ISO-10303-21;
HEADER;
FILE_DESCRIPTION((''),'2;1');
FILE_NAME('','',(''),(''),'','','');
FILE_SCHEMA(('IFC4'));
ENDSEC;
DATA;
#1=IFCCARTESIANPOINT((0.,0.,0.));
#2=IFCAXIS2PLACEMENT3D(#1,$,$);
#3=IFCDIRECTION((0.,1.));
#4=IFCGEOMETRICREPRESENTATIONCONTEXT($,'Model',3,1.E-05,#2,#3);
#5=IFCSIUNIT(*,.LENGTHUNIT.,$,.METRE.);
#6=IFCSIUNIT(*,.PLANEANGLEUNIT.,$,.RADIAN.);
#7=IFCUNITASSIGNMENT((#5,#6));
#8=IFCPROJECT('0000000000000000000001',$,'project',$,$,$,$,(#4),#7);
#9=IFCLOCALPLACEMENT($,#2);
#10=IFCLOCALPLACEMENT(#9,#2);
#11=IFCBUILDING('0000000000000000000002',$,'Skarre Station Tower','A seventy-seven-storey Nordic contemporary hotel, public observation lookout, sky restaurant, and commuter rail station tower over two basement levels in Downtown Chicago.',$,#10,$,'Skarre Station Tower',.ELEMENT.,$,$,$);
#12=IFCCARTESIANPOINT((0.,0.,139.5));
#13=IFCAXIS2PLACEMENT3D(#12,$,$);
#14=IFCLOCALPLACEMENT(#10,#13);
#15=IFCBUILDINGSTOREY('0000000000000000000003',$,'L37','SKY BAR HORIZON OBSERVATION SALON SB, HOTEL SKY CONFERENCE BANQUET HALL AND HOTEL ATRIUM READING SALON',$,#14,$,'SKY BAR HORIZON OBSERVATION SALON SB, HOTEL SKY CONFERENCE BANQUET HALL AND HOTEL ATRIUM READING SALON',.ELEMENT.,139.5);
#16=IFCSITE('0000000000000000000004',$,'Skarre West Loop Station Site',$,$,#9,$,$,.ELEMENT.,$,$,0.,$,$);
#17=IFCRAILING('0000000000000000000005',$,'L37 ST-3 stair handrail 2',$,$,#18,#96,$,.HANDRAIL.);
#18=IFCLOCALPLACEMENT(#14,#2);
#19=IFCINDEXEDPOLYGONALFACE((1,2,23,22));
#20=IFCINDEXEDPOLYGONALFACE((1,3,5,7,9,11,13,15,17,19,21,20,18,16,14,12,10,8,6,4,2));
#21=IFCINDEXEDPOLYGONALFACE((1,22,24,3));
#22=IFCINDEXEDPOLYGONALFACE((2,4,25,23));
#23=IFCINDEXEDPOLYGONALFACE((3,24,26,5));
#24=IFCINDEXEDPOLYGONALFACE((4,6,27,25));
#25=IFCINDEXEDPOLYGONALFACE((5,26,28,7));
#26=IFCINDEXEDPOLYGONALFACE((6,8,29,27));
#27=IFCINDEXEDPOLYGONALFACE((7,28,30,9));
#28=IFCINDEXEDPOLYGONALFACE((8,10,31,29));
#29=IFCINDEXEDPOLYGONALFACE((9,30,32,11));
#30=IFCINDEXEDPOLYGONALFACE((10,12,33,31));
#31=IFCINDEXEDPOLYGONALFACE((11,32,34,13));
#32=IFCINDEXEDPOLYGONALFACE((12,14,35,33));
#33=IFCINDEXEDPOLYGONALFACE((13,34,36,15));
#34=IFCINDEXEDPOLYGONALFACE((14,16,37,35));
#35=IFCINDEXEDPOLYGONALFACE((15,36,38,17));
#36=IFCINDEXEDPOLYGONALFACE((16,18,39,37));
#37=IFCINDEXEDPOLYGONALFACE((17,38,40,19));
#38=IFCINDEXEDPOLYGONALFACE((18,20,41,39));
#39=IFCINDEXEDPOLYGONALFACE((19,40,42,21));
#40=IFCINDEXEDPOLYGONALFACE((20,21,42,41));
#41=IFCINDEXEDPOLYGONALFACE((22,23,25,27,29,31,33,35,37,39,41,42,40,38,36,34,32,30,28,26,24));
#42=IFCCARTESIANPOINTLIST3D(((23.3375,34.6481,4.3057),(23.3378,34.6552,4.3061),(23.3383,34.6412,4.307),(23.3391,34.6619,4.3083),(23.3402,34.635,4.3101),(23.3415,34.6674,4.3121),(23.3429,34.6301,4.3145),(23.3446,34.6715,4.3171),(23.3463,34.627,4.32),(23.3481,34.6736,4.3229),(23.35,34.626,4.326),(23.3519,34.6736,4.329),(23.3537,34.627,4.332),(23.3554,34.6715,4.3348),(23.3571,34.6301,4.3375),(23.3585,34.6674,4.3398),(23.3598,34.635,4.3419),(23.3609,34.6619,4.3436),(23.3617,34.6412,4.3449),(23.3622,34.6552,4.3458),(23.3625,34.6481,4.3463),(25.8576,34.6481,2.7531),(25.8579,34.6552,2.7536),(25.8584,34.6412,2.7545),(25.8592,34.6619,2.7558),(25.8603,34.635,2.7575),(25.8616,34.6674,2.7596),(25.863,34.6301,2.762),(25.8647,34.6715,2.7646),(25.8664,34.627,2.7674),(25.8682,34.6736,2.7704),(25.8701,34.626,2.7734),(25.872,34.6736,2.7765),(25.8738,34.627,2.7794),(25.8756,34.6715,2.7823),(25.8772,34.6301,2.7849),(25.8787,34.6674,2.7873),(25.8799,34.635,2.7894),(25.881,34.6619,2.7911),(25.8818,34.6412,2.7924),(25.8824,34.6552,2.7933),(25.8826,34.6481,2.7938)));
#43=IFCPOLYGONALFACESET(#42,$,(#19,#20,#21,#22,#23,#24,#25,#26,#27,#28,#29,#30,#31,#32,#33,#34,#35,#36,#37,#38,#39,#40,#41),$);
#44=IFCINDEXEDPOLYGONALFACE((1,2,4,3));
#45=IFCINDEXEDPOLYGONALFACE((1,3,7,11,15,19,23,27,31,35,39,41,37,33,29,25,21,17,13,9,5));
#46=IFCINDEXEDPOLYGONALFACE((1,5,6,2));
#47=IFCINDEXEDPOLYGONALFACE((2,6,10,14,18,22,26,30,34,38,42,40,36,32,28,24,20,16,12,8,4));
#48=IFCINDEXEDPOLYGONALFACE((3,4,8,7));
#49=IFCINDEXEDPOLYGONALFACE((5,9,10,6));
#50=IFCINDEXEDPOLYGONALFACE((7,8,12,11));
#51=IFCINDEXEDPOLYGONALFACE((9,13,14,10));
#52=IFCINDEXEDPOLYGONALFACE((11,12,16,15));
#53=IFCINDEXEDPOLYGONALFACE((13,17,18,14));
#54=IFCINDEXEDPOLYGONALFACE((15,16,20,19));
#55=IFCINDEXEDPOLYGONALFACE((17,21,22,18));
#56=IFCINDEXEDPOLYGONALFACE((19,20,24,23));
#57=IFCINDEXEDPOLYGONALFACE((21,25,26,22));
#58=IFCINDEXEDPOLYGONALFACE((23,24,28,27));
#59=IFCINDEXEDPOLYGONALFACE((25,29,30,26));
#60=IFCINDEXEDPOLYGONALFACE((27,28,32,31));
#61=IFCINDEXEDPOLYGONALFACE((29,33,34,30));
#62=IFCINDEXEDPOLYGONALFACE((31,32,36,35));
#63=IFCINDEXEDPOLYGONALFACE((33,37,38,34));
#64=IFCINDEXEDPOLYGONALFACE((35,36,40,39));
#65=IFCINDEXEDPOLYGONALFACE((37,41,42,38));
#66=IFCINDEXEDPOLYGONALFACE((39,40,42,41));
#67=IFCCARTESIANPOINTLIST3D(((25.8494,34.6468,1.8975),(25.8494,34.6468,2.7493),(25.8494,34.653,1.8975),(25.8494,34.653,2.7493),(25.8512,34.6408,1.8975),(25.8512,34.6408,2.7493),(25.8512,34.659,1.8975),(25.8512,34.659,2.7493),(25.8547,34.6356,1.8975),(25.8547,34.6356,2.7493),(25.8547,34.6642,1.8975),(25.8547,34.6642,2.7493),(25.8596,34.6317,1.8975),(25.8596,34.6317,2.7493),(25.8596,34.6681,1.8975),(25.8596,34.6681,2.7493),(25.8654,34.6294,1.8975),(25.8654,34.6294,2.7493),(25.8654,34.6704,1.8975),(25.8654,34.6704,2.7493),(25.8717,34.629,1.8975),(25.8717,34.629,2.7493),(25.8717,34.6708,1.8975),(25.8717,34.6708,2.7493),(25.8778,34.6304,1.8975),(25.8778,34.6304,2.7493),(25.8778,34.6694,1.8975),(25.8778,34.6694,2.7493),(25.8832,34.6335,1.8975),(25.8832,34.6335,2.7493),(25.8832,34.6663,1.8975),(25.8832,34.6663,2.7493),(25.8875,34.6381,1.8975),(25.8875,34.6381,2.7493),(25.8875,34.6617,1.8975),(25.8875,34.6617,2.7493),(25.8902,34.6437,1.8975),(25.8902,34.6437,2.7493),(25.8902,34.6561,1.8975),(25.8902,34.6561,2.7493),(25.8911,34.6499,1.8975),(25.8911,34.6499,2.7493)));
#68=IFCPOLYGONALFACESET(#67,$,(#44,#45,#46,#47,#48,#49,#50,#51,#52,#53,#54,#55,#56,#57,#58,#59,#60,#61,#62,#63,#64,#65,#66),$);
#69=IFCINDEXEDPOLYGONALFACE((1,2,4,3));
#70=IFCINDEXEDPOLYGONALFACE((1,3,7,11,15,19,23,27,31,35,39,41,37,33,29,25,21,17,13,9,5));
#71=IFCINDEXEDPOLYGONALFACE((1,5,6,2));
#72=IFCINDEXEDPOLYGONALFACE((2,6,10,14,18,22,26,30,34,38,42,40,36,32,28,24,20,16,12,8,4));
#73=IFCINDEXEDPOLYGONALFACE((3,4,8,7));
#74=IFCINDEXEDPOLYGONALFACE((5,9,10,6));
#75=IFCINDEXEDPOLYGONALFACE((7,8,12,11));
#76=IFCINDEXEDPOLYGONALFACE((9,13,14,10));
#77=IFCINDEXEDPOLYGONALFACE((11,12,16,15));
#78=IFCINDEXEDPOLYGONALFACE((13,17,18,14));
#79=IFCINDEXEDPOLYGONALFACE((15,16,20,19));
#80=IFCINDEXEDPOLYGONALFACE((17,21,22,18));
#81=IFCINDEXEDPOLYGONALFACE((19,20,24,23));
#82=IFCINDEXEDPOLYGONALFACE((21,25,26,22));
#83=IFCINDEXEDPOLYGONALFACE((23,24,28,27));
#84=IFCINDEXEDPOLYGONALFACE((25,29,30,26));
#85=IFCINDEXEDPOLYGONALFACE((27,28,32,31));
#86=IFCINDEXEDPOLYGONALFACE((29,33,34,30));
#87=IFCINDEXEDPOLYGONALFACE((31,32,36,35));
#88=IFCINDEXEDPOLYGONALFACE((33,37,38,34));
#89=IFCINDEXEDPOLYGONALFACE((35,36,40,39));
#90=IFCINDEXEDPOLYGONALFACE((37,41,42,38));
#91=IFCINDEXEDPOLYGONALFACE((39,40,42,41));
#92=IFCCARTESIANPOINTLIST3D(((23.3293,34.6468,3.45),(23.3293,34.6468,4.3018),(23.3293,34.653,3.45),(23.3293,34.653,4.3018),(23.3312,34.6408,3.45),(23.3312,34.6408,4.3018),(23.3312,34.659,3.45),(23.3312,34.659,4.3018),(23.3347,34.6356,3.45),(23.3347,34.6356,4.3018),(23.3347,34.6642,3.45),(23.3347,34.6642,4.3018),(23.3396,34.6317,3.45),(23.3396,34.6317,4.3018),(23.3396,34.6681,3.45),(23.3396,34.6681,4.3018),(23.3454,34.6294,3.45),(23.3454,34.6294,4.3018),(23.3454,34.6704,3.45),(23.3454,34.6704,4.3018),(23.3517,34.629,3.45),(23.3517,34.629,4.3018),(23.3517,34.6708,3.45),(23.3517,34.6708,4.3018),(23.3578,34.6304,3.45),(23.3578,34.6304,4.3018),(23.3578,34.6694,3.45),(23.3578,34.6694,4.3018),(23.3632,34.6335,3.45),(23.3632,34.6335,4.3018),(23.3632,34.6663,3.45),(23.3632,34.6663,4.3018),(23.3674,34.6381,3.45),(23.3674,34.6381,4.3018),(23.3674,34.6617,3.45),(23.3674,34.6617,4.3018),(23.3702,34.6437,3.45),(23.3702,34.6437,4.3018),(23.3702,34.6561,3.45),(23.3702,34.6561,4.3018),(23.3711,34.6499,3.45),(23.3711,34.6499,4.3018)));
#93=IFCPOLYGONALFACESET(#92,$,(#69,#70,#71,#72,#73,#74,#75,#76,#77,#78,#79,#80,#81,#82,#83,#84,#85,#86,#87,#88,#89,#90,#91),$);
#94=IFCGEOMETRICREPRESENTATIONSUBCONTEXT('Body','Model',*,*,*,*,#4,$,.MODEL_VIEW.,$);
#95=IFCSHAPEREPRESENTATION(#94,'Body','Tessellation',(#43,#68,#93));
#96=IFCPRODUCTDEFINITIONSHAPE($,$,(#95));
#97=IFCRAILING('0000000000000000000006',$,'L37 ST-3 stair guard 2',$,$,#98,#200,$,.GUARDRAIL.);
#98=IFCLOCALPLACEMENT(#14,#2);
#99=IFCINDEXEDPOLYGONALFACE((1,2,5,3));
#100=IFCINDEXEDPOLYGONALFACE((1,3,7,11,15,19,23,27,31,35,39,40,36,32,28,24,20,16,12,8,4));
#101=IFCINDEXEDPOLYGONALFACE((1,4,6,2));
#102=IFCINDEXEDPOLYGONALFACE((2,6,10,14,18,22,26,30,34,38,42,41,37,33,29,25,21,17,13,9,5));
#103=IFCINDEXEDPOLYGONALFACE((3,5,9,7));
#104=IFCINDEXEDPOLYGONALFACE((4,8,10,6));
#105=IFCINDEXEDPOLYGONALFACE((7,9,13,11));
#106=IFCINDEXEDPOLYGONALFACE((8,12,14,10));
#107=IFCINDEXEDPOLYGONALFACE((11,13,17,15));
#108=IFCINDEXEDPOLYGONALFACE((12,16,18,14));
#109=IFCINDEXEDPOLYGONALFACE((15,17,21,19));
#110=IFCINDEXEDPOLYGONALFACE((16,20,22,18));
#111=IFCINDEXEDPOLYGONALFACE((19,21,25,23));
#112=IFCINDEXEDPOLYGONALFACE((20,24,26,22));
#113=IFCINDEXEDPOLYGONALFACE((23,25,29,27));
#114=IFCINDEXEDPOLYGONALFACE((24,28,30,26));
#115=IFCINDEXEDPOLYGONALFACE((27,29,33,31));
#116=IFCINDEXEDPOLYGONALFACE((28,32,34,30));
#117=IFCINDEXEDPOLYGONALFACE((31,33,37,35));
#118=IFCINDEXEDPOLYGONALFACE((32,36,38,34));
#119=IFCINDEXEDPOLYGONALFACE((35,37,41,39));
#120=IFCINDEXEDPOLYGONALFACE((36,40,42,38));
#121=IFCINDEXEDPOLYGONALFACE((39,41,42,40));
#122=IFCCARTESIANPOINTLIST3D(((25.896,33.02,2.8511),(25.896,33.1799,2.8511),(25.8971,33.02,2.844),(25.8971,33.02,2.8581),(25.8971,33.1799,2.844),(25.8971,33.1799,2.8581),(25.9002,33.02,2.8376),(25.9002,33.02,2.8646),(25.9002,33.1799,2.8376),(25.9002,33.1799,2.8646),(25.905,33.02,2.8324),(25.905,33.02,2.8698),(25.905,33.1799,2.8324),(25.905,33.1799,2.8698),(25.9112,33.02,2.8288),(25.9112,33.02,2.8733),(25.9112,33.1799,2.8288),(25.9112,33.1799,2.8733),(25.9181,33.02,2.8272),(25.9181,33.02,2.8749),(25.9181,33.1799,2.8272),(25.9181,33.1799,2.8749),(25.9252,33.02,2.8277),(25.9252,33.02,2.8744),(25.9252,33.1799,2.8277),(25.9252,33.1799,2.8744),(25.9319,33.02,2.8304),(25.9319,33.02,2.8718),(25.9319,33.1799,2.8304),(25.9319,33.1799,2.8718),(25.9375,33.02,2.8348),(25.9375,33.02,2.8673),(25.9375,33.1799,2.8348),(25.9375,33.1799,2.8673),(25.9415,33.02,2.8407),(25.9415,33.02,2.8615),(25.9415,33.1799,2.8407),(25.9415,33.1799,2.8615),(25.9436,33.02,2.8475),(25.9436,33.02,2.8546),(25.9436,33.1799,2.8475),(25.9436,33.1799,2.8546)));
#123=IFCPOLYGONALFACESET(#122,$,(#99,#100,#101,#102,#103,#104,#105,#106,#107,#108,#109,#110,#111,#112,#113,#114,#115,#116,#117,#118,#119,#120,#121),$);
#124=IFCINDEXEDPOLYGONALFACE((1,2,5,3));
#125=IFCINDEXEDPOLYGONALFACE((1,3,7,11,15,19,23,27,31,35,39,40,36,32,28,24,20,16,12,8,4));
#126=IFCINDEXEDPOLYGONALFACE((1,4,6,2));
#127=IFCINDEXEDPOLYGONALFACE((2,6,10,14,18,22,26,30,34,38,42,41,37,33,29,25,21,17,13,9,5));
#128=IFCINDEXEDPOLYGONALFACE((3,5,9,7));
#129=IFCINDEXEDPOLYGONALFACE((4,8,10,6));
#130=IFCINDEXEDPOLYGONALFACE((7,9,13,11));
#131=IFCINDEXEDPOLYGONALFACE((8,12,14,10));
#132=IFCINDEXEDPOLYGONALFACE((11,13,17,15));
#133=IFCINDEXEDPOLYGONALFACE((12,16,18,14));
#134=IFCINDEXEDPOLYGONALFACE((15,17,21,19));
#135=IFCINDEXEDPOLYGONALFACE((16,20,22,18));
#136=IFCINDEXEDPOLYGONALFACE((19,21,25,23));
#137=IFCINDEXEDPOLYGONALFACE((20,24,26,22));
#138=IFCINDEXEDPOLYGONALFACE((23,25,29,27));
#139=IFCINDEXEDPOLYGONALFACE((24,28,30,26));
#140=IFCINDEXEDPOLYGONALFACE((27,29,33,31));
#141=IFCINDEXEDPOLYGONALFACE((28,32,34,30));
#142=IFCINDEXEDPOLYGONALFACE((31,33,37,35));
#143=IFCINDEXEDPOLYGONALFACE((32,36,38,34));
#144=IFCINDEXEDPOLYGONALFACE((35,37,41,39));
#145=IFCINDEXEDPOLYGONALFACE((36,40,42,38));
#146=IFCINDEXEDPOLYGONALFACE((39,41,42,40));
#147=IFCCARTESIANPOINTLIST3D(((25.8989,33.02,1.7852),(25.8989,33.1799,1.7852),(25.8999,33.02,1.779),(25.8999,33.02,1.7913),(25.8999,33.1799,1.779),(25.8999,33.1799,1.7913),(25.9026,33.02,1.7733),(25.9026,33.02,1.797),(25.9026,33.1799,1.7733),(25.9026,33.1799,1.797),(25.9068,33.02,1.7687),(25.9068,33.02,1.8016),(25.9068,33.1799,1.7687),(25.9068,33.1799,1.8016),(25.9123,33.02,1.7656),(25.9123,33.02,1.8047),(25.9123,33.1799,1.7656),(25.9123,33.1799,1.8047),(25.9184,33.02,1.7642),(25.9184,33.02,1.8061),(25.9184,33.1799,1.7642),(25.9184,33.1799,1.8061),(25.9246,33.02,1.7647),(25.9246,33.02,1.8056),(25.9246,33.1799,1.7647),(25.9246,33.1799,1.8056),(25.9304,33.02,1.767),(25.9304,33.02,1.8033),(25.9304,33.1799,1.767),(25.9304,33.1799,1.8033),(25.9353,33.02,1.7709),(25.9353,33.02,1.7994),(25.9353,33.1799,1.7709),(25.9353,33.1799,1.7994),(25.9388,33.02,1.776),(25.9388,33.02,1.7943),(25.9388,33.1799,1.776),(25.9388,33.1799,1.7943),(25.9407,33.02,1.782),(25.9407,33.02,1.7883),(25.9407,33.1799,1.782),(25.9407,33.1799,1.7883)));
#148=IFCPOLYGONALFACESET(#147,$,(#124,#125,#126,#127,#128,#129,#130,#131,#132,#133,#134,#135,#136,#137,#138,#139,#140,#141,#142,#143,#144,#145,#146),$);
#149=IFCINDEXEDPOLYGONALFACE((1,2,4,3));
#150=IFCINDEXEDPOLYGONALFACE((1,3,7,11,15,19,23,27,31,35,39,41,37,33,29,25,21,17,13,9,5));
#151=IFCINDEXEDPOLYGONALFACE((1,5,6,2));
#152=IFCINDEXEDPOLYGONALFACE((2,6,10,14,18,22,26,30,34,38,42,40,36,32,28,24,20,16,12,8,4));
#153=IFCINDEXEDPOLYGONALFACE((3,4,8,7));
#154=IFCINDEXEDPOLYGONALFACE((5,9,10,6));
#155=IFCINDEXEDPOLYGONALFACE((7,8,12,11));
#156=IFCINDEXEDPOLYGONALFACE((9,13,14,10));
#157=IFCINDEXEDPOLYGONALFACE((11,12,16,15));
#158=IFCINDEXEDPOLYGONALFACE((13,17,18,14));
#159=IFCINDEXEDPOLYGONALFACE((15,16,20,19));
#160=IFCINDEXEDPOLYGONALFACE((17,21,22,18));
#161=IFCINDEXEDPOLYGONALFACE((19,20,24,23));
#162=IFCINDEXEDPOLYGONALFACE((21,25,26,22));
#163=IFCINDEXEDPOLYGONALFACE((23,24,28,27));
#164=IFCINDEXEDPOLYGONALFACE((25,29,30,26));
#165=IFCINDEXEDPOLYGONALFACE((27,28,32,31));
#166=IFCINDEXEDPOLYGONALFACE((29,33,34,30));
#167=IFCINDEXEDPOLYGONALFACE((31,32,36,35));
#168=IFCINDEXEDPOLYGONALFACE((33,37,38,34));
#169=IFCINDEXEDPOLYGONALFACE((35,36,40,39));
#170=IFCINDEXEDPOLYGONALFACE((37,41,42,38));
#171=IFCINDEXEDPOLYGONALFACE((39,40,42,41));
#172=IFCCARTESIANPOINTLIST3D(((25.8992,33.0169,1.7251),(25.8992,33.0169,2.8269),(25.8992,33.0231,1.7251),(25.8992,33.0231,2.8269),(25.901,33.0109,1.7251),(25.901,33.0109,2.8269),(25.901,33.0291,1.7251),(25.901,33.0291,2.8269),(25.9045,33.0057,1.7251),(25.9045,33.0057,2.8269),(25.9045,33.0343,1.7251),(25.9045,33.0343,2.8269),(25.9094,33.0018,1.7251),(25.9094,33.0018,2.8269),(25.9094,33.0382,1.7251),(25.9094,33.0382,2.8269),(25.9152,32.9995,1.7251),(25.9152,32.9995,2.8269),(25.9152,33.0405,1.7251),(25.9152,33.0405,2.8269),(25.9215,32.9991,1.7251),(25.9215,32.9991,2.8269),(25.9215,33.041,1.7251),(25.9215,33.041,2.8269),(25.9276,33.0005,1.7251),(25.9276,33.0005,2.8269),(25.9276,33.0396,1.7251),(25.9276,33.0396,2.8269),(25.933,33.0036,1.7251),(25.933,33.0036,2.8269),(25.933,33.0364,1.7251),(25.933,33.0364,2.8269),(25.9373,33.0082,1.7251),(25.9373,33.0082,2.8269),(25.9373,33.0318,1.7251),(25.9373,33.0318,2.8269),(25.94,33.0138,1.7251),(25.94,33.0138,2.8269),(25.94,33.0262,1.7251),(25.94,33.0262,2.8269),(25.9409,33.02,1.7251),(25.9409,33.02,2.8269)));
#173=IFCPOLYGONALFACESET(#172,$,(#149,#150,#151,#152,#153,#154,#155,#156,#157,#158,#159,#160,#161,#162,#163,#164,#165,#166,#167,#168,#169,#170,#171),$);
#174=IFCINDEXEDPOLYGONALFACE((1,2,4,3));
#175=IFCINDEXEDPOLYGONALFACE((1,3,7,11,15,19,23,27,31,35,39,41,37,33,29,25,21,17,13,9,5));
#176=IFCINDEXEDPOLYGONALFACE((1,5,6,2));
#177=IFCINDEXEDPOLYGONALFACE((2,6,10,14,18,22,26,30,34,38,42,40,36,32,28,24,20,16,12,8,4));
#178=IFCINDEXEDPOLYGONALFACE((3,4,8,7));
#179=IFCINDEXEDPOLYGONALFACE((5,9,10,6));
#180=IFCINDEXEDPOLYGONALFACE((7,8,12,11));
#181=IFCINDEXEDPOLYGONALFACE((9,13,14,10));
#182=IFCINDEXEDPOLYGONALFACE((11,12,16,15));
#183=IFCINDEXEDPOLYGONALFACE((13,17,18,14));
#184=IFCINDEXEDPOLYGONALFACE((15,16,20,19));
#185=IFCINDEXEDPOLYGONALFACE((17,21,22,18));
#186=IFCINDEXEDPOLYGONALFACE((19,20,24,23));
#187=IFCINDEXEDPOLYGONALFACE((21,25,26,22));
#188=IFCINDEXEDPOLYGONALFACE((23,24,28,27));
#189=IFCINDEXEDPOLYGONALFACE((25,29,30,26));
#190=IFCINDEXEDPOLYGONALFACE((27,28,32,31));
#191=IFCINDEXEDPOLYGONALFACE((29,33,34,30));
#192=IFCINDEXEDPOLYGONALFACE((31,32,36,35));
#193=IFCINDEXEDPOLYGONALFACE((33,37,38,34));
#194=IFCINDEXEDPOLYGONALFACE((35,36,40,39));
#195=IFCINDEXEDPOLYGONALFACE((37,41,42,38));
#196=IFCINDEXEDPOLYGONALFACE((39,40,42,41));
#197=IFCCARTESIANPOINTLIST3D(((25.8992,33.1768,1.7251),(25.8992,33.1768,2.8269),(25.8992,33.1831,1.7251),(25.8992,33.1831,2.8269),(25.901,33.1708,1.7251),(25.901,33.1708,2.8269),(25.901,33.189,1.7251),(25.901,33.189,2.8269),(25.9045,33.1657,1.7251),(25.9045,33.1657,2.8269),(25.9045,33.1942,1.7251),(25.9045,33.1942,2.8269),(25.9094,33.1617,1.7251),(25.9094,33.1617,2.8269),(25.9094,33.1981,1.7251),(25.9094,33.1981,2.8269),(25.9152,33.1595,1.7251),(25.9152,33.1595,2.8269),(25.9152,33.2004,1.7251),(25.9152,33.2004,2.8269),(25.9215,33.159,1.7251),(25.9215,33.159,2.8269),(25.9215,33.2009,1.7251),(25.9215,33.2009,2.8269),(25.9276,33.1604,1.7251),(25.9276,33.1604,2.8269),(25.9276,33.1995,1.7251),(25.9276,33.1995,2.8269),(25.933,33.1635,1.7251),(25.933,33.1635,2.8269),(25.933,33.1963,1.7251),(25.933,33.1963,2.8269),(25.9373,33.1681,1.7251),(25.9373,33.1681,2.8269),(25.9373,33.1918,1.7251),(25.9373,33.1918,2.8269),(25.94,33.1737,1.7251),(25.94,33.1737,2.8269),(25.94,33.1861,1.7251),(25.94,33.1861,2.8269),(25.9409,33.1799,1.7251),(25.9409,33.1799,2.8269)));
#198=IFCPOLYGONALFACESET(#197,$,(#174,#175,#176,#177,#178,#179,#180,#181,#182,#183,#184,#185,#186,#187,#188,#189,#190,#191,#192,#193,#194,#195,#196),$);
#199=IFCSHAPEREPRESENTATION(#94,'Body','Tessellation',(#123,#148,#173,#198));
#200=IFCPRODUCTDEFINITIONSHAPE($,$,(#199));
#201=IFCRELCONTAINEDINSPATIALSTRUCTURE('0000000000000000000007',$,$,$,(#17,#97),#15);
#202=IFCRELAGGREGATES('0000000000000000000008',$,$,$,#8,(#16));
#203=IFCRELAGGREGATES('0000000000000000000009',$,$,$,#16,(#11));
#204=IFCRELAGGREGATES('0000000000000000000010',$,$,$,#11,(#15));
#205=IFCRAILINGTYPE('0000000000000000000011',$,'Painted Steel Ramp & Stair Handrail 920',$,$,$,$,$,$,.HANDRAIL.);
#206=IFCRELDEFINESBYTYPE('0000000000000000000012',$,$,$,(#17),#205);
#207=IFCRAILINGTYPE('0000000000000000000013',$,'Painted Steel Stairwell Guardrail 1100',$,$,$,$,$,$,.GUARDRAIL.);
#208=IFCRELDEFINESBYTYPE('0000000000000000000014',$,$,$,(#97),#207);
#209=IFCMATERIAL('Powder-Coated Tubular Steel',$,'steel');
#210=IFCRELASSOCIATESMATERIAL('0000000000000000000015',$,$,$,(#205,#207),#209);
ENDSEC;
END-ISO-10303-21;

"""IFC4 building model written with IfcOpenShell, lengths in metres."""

from ifc_helpers import new_model, si_unit, direction, frame, origin, origin_2d, place, context, subcontext, project, spatial, circle, extrude, material, type_object, element, save


model = new_model("IFC4")

# Units and contexts
model_context = context("Model", 3, precision=1e-05, world=origin(), true_north=direction((0.0, 1.0)))
body_context = subcontext(model_context, "Body", "Model", "MODEL_VIEW")
ifc_project = project(units=[si_unit("LENGTHUNIT", "METRE"), si_unit("PLANEANGLEUNIT", "RADIAN")], contexts=[model_context])

# Site, building, storey
site_placement = place(None, origin())
site = spatial("IfcSite", under=ifc_project, at=site_placement, Name="Skarre West Loop Station Site", CompositionType="ELEMENT", RefElevation=0.0)
building_placement = place(site_placement, origin())
building = spatial("IfcBuilding", under=site, at=building_placement, Name="Skarre Station Tower", Description="A seventy-seven-storey Nordic contemporary hotel, public observation lookout, sky restaurant, and commuter rail station tower over two basement levels in Downtown Chicago.", LongName="Skarre Station Tower", CompositionType="ELEMENT")
storey_placement = place(building_placement, frame((0.0, 0.0, 139.5)))
storey = spatial("IfcBuildingStorey", under=building, at=storey_placement, Name="L37", Description="SKY BAR HORIZON OBSERVATION SALON SB, HOTEL SKY CONFERENCE BANQUET HALL AND HOTEL ATRIUM READING SALON", LongName="SKY BAR HORIZON OBSERVATION SALON SB, HOTEL SKY CONFERENCE BANQUET HALL AND HOTEL ATRIUM READING SALON", CompositionType="ELEMENT", Elevation=139.5)

# Railings
ifc_material_1 = material(Name="Powder-Coated Tubular Steel", Category="steel")
railing_type_1 = type_object("IfcRailingType", Name="Painted Steel Ramp & Stair Handrail 920", PredefinedType="HANDRAIL", material=ifc_material_1)
railing_1_placement = place(storey_placement, frame((25.8701, 34.6499, 1.8975)))
element("IfcRailing", 1, at=railing_1_placement, inside=storey, type_object=railing_type_1, Name="L37 ST-3 stair handrail 2", PredefinedType="HANDRAIL", context=body_context, shape_type="SweptSolid", body=[
    extrude(circle(Radius=0.0239, at=origin_2d()), frame((0.0, 0.0, 0.876), z_axis=(-0.8514, 0.0, 0.524516), x_axis=(0.0, -1.0, 0.0)), (0.0, 0.0, 1.0), 2.96),
    extrude(circle(Radius=0.021, at=origin_2d()), origin(), (0.0, 0.0, 1.0), 0.8518),
    extrude(circle(Radius=0.021, at=origin_2d()), frame((-2.52, 0.0, 1.5525)), (0.0, 0.0, 1.0), 0.8518),
])
railing_type_2 = type_object("IfcRailingType", Name="Painted Steel Stairwell Guardrail 1100", PredefinedType="GUARDRAIL", material=ifc_material_1)
railing_2_placement = place(storey_placement, frame((25.9199, 33.02, 1.7251)))
element("IfcRailing", 2, at=railing_2_placement, inside=storey, type_object=railing_type_2, Name="L37 ST-3 stair guard 2", PredefinedType="GUARDRAIL", context=body_context, shape_type="SweptSolid", body=[
    extrude(circle(Radius=0.0239, at=origin_2d()), frame((0.0, 0.0, 1.126), z_axis=(0.0, 1.0, 0.0), x_axis=(-1.0, 0.0, 0.0)), (0.0, 0.0, 1.0), 0.1599),
    extrude(circle(Radius=0.021, at=origin_2d()), frame((0.0, 0.0, 0.0601), z_axis=(0.0, 1.0, 0.0), x_axis=(-1.0, 0.0, 0.0)), (0.0, 0.0, 1.0), 0.1599),
    extrude(circle(Radius=0.021, at=origin_2d()), origin(), (0.0, 0.0, 1.0), 1.1018),
    extrude(circle(Radius=0.021, at=origin_2d()), frame((0.0, 0.1599, 0.0)), (0.0, 0.0, 1.0), 1.1018),
])

save(model, "model.ifc")
